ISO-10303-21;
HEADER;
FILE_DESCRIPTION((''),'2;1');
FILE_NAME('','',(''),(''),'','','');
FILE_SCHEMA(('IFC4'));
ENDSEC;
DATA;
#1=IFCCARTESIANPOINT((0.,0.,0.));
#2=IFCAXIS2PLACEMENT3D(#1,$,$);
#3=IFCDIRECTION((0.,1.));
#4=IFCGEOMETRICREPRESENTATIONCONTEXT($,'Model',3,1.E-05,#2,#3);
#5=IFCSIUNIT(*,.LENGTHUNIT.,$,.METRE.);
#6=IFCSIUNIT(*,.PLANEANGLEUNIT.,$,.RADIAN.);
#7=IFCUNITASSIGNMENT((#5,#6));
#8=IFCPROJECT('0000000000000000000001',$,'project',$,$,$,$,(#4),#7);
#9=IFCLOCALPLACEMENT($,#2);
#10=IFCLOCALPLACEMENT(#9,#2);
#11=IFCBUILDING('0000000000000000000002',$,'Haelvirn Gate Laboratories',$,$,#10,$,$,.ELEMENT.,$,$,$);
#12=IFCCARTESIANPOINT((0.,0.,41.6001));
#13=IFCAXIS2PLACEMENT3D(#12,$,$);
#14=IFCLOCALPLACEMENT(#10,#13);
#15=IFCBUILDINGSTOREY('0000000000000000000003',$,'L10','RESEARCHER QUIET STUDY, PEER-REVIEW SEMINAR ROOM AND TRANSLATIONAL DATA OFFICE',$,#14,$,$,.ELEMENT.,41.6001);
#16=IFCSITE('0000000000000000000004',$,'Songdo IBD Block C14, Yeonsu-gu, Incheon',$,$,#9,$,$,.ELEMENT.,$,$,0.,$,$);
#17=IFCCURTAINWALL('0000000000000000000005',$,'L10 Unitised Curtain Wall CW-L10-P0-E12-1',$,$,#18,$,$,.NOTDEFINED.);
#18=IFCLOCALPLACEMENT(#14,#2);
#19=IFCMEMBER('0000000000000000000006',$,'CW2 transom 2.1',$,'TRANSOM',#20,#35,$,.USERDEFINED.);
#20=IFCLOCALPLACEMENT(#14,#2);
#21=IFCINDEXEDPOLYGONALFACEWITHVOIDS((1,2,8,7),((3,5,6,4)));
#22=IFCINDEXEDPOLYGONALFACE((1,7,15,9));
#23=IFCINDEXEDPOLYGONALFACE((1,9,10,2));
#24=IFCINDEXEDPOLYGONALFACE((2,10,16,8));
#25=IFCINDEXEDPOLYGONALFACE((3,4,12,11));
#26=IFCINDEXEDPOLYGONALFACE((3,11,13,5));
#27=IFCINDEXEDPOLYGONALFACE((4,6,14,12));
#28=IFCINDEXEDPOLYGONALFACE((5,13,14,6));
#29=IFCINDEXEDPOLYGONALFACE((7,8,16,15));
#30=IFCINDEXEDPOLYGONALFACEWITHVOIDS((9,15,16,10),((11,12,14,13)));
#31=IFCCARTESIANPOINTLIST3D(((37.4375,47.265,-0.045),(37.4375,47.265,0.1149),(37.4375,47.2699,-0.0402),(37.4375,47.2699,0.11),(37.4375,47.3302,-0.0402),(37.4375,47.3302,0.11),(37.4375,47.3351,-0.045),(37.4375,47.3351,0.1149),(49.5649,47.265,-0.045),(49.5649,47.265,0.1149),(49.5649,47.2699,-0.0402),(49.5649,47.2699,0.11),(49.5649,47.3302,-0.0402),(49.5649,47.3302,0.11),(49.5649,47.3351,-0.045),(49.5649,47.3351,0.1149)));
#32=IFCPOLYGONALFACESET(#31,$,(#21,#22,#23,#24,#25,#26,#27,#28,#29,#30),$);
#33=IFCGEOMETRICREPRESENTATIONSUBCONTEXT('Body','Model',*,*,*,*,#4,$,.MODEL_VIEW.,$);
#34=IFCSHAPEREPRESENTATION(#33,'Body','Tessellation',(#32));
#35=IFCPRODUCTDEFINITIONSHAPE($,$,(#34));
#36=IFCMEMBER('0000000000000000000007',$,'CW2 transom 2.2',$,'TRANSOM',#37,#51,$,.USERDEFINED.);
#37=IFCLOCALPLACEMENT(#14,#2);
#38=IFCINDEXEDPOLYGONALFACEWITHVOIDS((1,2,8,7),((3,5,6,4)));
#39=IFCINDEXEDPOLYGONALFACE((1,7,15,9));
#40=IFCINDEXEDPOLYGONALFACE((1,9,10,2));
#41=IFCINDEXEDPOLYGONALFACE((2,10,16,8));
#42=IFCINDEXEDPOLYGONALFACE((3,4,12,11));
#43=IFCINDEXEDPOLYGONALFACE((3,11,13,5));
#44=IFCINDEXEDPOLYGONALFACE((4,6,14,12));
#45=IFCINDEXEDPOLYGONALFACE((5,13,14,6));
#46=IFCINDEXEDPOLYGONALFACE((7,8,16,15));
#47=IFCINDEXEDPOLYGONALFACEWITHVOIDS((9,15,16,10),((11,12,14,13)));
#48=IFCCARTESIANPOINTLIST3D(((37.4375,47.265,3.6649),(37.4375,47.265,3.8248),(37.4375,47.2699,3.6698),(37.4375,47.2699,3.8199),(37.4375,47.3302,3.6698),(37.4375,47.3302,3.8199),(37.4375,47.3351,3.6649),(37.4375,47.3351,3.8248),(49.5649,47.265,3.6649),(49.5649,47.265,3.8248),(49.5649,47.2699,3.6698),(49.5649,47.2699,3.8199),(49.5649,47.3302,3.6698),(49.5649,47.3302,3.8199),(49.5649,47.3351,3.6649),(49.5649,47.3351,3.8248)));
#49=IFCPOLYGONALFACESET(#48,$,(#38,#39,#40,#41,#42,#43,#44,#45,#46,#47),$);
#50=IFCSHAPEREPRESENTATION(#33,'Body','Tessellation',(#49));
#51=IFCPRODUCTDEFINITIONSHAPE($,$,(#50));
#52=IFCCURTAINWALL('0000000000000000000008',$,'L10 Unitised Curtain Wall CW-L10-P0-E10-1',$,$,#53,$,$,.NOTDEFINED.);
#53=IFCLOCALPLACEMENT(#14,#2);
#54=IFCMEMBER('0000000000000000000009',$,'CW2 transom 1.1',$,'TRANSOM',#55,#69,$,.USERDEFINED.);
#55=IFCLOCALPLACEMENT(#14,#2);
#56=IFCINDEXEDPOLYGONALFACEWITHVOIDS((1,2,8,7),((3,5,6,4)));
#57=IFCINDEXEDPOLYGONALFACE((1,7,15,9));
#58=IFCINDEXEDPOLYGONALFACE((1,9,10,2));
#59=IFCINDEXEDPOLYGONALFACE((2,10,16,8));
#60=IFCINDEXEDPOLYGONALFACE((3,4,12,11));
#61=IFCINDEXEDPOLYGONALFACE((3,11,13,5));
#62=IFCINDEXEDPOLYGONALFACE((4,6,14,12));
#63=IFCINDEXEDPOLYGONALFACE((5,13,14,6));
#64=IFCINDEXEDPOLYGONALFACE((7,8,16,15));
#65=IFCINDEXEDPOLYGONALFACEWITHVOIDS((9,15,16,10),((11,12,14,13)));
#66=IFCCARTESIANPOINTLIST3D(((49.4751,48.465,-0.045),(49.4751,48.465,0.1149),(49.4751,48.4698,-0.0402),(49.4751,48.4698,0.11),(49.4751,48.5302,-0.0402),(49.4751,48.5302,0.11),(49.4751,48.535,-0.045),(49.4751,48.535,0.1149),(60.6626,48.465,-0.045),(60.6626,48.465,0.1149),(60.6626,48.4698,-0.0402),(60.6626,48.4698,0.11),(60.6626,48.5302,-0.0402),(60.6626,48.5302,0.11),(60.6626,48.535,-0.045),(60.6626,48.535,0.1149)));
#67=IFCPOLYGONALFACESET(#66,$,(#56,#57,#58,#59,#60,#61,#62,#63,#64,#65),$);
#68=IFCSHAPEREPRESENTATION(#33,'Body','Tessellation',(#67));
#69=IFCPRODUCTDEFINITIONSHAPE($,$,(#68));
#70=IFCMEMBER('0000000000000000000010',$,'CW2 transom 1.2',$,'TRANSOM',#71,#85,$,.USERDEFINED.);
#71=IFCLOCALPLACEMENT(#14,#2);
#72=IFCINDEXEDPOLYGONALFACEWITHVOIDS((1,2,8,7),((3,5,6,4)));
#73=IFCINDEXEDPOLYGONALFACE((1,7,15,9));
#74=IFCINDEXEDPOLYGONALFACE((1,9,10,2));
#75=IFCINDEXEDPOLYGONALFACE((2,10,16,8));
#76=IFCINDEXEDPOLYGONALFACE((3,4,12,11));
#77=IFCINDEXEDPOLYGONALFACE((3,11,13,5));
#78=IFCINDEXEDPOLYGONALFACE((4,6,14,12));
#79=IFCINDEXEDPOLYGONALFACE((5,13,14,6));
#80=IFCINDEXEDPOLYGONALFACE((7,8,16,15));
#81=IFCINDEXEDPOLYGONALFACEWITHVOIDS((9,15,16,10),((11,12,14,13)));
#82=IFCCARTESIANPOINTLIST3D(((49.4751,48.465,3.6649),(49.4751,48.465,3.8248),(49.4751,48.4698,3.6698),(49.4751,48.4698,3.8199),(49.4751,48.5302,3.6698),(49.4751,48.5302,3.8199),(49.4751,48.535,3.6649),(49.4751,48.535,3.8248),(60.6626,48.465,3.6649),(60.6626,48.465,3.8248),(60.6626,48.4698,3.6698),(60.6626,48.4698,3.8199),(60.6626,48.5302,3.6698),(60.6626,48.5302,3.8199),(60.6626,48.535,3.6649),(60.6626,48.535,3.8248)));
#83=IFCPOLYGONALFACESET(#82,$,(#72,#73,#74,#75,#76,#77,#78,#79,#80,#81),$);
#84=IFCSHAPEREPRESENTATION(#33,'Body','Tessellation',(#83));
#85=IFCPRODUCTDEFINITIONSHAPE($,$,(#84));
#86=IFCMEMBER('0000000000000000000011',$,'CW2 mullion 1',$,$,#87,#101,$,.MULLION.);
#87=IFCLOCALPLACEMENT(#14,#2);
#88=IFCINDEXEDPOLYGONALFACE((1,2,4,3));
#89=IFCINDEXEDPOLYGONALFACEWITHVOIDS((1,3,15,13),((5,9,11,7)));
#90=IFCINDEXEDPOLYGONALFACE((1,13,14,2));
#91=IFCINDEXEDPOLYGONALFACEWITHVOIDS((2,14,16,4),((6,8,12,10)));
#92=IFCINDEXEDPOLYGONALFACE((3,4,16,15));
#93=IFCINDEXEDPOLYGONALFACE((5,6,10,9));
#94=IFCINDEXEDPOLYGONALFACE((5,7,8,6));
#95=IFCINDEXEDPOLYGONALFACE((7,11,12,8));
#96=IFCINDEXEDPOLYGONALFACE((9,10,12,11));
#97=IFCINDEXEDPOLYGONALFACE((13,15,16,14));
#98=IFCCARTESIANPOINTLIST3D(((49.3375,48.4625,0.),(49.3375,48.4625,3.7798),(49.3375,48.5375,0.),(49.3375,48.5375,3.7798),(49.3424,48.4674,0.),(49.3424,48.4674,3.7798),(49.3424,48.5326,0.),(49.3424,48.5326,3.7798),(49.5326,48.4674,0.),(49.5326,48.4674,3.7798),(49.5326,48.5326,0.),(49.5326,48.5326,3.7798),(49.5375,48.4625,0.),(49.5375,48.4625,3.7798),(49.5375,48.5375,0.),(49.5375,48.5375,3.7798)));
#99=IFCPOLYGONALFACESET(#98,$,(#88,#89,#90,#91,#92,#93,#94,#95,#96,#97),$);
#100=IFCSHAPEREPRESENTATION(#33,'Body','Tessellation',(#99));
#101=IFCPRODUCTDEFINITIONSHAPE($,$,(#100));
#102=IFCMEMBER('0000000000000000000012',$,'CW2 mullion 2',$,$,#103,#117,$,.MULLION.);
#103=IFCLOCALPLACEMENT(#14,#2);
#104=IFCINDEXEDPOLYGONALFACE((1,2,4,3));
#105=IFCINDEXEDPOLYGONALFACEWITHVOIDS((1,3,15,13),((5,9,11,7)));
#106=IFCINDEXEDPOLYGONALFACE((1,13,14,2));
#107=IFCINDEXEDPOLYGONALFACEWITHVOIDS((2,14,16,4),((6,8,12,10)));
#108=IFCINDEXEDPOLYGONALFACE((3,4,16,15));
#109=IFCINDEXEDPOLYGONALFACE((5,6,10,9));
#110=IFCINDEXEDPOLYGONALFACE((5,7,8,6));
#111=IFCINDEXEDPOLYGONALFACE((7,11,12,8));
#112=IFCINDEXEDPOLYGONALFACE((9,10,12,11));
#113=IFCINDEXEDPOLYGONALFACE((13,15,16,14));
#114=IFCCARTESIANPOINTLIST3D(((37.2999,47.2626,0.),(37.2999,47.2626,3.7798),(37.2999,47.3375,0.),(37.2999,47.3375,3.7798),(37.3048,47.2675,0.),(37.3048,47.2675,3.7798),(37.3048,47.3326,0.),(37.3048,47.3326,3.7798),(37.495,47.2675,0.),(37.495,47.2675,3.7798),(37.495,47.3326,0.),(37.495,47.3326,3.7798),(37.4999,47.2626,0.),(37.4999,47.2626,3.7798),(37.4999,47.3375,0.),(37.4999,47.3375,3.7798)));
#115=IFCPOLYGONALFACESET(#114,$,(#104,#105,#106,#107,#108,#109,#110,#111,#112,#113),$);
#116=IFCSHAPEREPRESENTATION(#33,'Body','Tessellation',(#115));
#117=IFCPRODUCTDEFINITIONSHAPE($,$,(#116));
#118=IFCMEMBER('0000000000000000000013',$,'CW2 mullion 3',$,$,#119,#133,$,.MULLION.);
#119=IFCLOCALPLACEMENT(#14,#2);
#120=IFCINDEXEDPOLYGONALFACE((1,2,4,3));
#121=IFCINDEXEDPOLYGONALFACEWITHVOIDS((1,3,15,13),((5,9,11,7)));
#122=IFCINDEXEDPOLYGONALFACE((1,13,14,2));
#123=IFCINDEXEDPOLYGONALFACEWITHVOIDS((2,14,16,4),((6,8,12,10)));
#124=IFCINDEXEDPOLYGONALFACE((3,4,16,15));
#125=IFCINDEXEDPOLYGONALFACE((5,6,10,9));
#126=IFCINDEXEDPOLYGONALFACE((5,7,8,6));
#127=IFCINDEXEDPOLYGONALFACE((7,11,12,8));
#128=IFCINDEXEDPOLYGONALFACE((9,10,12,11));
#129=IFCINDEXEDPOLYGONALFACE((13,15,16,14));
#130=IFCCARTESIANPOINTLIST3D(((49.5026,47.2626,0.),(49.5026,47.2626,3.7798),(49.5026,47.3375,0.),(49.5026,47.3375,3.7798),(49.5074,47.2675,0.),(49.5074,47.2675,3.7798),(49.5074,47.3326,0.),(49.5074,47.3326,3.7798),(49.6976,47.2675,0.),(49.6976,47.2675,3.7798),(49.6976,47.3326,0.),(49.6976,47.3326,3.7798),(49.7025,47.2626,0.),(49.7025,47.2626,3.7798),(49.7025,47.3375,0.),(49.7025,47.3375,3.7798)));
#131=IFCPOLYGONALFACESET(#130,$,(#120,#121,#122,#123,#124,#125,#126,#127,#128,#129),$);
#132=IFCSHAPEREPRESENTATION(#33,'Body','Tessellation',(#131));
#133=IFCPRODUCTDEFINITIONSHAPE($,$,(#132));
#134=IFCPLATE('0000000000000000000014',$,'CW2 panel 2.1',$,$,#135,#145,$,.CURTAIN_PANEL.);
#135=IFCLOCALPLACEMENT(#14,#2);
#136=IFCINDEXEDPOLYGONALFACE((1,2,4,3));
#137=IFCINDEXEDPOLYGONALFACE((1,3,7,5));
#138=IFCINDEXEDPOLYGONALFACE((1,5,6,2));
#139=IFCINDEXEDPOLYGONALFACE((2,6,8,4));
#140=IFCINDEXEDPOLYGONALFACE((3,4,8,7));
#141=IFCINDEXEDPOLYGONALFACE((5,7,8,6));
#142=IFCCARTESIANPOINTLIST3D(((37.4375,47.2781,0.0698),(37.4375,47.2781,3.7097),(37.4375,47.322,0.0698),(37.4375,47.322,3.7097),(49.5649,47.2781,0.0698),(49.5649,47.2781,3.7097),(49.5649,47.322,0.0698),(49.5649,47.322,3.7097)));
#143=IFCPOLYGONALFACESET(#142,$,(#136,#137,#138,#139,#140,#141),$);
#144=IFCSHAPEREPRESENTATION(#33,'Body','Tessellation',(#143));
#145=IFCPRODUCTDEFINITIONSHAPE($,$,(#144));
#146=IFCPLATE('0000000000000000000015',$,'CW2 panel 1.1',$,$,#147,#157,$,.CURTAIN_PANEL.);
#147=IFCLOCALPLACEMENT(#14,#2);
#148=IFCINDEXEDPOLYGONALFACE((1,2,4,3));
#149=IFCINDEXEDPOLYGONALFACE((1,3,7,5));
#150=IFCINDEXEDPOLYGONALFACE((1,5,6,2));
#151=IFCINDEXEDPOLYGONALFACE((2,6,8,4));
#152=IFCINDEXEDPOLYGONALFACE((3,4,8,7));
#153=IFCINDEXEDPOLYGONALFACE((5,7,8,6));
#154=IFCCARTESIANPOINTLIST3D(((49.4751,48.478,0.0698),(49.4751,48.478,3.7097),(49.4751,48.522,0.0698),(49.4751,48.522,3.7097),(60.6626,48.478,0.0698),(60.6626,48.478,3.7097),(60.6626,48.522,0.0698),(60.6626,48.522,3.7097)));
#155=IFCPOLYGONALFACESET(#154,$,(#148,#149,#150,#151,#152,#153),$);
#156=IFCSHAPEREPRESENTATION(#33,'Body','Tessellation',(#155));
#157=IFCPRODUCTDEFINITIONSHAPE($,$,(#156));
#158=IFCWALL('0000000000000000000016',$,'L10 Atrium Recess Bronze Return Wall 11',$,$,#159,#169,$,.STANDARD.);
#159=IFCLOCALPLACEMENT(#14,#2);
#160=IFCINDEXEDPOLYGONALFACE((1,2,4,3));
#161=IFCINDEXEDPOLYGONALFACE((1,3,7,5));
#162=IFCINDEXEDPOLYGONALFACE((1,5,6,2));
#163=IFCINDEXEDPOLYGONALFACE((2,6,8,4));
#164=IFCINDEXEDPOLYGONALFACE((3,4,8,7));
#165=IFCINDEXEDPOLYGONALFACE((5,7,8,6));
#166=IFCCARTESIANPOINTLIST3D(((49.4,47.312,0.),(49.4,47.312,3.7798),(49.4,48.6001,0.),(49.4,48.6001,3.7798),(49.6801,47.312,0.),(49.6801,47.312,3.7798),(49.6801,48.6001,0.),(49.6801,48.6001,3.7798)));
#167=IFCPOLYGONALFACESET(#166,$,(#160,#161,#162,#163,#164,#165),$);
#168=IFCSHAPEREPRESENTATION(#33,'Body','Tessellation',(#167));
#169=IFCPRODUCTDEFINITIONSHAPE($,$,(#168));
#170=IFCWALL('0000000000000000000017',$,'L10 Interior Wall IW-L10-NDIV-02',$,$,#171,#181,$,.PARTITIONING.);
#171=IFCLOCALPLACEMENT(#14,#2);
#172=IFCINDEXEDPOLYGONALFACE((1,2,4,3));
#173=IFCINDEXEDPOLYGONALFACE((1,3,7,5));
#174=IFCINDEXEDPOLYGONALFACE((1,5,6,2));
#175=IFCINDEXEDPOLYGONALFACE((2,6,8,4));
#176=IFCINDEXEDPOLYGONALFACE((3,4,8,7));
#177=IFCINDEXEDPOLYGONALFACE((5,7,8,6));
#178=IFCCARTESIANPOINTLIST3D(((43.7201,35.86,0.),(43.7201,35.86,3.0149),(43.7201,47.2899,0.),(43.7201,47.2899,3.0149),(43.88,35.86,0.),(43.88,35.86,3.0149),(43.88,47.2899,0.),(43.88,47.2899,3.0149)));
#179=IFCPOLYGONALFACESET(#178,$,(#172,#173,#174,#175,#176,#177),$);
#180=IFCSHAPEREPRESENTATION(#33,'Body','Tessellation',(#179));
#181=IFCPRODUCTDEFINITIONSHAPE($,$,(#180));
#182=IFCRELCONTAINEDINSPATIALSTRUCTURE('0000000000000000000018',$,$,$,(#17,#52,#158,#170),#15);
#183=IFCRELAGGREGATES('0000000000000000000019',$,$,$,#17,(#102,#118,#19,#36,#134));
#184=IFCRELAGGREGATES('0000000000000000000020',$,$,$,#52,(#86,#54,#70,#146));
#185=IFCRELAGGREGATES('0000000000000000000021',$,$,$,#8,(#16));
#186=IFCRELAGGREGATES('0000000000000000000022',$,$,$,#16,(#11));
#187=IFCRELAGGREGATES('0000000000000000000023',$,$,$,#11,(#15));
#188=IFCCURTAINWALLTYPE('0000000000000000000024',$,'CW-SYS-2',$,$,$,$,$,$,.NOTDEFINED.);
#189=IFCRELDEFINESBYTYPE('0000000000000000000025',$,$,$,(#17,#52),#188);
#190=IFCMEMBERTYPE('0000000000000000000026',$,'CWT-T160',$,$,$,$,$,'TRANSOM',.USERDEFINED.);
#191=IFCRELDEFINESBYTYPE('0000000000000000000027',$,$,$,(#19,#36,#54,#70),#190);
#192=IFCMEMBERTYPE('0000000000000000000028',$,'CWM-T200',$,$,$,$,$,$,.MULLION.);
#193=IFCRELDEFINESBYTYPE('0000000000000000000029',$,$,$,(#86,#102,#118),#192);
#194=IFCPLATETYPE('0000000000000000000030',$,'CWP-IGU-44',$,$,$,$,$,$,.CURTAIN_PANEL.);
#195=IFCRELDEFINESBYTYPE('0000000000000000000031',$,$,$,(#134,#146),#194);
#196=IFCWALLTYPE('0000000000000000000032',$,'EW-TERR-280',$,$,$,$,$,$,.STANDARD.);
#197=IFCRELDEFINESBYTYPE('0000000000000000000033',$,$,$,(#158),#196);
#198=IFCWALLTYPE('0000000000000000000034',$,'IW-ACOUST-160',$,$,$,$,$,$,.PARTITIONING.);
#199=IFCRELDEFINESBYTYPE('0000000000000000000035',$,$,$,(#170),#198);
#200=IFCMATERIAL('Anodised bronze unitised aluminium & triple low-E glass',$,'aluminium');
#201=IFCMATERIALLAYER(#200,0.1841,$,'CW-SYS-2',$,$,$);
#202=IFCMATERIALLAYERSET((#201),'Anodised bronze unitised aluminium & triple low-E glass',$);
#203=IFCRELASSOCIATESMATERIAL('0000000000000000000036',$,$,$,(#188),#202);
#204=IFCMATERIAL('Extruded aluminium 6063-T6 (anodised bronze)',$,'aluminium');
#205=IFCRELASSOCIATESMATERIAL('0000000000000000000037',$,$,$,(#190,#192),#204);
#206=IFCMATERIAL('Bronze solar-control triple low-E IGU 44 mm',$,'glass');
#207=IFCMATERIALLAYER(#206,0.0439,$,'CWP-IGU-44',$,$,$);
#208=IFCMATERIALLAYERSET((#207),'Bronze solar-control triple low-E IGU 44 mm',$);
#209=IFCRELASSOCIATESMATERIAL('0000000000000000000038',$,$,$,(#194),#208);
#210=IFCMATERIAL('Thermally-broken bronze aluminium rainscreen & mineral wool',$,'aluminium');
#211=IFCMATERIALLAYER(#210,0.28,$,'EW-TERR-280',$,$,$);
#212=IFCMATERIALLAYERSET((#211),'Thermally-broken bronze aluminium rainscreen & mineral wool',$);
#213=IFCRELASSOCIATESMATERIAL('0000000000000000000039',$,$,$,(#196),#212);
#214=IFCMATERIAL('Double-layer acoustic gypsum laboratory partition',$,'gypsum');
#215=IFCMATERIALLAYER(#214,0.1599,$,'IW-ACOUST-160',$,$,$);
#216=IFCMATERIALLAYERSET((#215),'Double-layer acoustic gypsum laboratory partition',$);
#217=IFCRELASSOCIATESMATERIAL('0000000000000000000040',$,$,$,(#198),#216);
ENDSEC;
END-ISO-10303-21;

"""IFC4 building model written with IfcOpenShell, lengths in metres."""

from ifc_helpers import new_model, si_unit, direction, frame, frame_2d, origin, origin_2d, place, context, subcontext, project, spatial, rectangle, hollow_rectangle, extrude, source, transform, mapped, material, layer, layer_set, material_profile, profile_set, type_object, type_shapes, element, aggregate, save


model = new_model("IFC4")

# Units and contexts
model_context = context("Model", 3, precision=1e-05, world=origin(), true_north=direction((0.0, 1.0)))
body_context = subcontext(model_context, "Body", "Model", "MODEL_VIEW")
ifc_project = project(units=[si_unit("LENGTHUNIT", "METRE"), si_unit("PLANEANGLEUNIT", "RADIAN")], contexts=[model_context])

# Site, building, storey
site_placement = place(None, origin())
site = spatial("IfcSite", under=ifc_project, at=site_placement, Name="Songdo IBD Block C14, Yeonsu-gu, Incheon", CompositionType="ELEMENT", RefElevation=0.0)
building_placement = place(site_placement, origin())
building = spatial("IfcBuilding", under=site, at=building_placement, Name="Haelvirn Gate Laboratories", CompositionType="ELEMENT")
storey_placement = place(building_placement, frame((0.0, 0.0, 41.6001)))
storey = spatial("IfcBuildingStorey", under=building, at=storey_placement, Name="L10", Description="RESEARCHER QUIET STUDY, PEER-REVIEW SEMINAR ROOM AND TRANSLATIONAL DATA OFFICE", CompositionType="ELEMENT", Elevation=41.6001)

# Curtain walls, members
ifc_material_1 = material(Name="Anodised bronze unitised aluminium & triple low-E glass", Category="aluminium")
ifc_layer_1 = layer(ifc_material_1, 0.1841, Name="CW-SYS-2")
ifc_layer_set_1 = layer_set([ifc_layer_1], Name="Anodised bronze unitised aluminium & triple low-E glass")
curtain_wall_type = type_object("IfcCurtainWallType", Name="CW-SYS-2", PredefinedType="NOTDEFINED", material=ifc_layer_set_1)
curtain_wall_1_placement = place(storey_placement, origin())
curtain_wall_1 = element("IfcCurtainWall", 1, at=curtain_wall_1_placement, inside=storey, type_object=curtain_wall_type, Name="L10 Unitised Curtain Wall CW-L10-P0-E12-1", PredefinedType="NOTDEFINED")
ifc_material_2 = material(Name="Extruded aluminium 6063-T6 (anodised bronze)", Category="aluminium")
ifc_material_profile_1 = material_profile(ifc_material_2, hollow_rectangle(XDim=0.0701, YDim=0.1599, WallThickness=0.0049, at=origin_2d()), Name="CWT-160x70x5")
ifc_profile_set_1 = profile_set([ifc_material_profile_1], Name="Extruded aluminium 6063-T6 (anodised bronze)")
member_type_1 = type_object("IfcMemberType", Name="CWT-T160", ElementType="TRANSOM", PredefinedType="USERDEFINED", material=ifc_profile_set_1)
shared_shape_1 = source(origin(), body_context, "Body", "SweptSolid", [
    extrude(hollow_rectangle(XDim=0.0701, YDim=0.1599, WallThickness=0.0049, at=origin_2d()), origin(), (0.0, 0.0, 1.0), 12.1274),
])
member_1_placement = place(storey_placement, frame((37.4375, 47.3, 0.0349), z_axis=(1.0, 0.0, 0.0), x_axis=(0.0, 1.0, 0.0)))
member_1 = element("IfcMember", 2, at=member_1_placement, type_object=member_type_1, Name="CW2 transom 2.1", ObjectType="TRANSOM", PredefinedType="USERDEFINED", context=body_context, shape_type="MappedRepresentation", body=[
    mapped(shared_shape_1, transform((0.0, 0.0, 0.0), scale=1.0)),
])
member_2_placement = place(storey_placement, frame((37.4375, 47.3, 3.7449), z_axis=(1.0, 0.0, 0.0), x_axis=(0.0, 1.0, 0.0)))
member_2 = element("IfcMember", 3, at=member_2_placement, type_object=member_type_1, Name="CW2 transom 2.2", ObjectType="TRANSOM", PredefinedType="USERDEFINED", context=body_context, shape_type="MappedRepresentation", body=[
    mapped(shared_shape_1, transform((0.0, 0.0, 0.0), scale=1.0)),
])
curtain_wall_2_placement = place(storey_placement, origin())
curtain_wall_2 = element("IfcCurtainWall", 4, at=curtain_wall_2_placement, inside=storey, type_object=curtain_wall_type, Name="L10 Unitised Curtain Wall CW-L10-P0-E10-1", PredefinedType="NOTDEFINED")
shared_shape_2 = source(origin(), body_context, "Body", "SweptSolid", [
    extrude(hollow_rectangle(XDim=0.0701, YDim=0.1599, WallThickness=0.0049, at=origin_2d()), origin(), (0.0, 0.0, 1.0), 11.1875),
])
type_shapes(member_type_1, [shared_shape_1, shared_shape_2])
member_3_placement = place(storey_placement, frame((49.4751, 48.5, 0.0349), z_axis=(1.0, 0.0, 0.0), x_axis=(0.0, 1.0, 0.0)))
member_3 = element("IfcMember", 5, at=member_3_placement, type_object=member_type_1, Name="CW2 transom 1.1", ObjectType="TRANSOM", PredefinedType="USERDEFINED", context=body_context, shape_type="MappedRepresentation", body=[
    mapped(shared_shape_2, transform((0.0, 0.0, 0.0), scale=1.0)),
])
member_4_placement = place(storey_placement, frame((49.4751, 48.5, 3.7449), z_axis=(1.0, 0.0, 0.0), x_axis=(0.0, 1.0, 0.0)))
member_4 = element("IfcMember", 6, at=member_4_placement, type_object=member_type_1, Name="CW2 transom 1.2", ObjectType="TRANSOM", PredefinedType="USERDEFINED", context=body_context, shape_type="MappedRepresentation", body=[
    mapped(shared_shape_2, transform((0.0, 0.0, 0.0), scale=1.0)),
])
ifc_material_profile_2 = material_profile(ifc_material_2, hollow_rectangle(XDim=0.075, YDim=0.2, WallThickness=0.0049, at=origin_2d()), Name="CWM-200x75x5")
ifc_profile_set_2 = profile_set([ifc_material_profile_2], Name="Extruded aluminium 6063-T6 (anodised bronze)")
member_type_2 = type_object("IfcMemberType", Name="CWM-T200", PredefinedType="MULLION", material=ifc_profile_set_2)
shared_shape_3 = source(origin(), body_context, "Body", "SweptSolid", [
    extrude(hollow_rectangle(XDim=0.075, YDim=0.2, WallThickness=0.0049, at=origin_2d()), origin(), (0.0, 0.0, 1.0), 3.7798),
])
type_shapes(member_type_2, [shared_shape_3])
member_5_placement = place(storey_placement, frame((49.4375, 48.5, 0.0), z_axis=(0.0, 0.0, 1.0), x_axis=(0.0, 1.0, 0.0)))
member_5 = element("IfcMember", 7, at=member_5_placement, type_object=member_type_2, Name="CW2 mullion 1", PredefinedType="MULLION", context=body_context, shape_type="MappedRepresentation", body=[
    mapped(shared_shape_3, transform((0.0, 0.0, 0.0), scale=1.0)),
])

# Members
member_6_placement = place(storey_placement, frame((37.3999, 47.3, 0.0), z_axis=(0.0, 0.0, 1.0), x_axis=(0.0, 1.0, 0.0)))
member_6 = element("IfcMember", 8, at=member_6_placement, type_object=member_type_2, Name="CW2 mullion 2", PredefinedType="MULLION", context=body_context, shape_type="MappedRepresentation", body=[
    mapped(shared_shape_3, transform((0.0, 0.0, 0.0), scale=1.0)),
])
member_7_placement = place(storey_placement, frame((49.6025, 47.3, 0.0), z_axis=(0.0, 0.0, 1.0), x_axis=(0.0, 1.0, 0.0)))
member_7 = element("IfcMember", 9, at=member_7_placement, type_object=member_type_2, Name="CW2 mullion 3", PredefinedType="MULLION", context=body_context, shape_type="MappedRepresentation", body=[
    mapped(shared_shape_3, transform((0.0, 0.0, 0.0), scale=1.0)),
])

# Plates
ifc_material_3 = material(Name="Bronze solar-control triple low-E IGU 44 mm", Category="glass")
ifc_layer_2 = layer(ifc_material_3, 0.0439, Name="CWP-IGU-44")
ifc_layer_set_2 = layer_set([ifc_layer_2], Name="Bronze solar-control triple low-E IGU 44 mm")
plate_type = type_object("IfcPlateType", Name="CWP-IGU-44", PredefinedType="CURTAIN_PANEL", material=ifc_layer_set_2)
shared_shape_4 = source(origin(), body_context, "Body", "SweptSolid", [
    extrude(rectangle(XDim=12.1274, YDim=0.0439, at=origin_2d()), origin(), (0.0, 0.0, 1.0), 3.6399),
])
plate_1_placement = place(storey_placement, frame((43.5012, 47.3, 0.0698), z_axis=(0.0, 0.0, 1.0), x_axis=(1.0, 0.0, 0.0)))
plate_1 = element("IfcPlate", 10, at=plate_1_placement, type_object=plate_type, Name="CW2 panel 2.1", PredefinedType="CURTAIN_PANEL", context=body_context, shape_type="MappedRepresentation", body=[
    mapped(shared_shape_4, transform((0.0, 0.0, 0.0), scale=1.0)),
])
aggregate(curtain_wall_1, [member_6, member_7, member_1, member_2, plate_1])
shared_shape_5 = source(origin(), body_context, "Body", "SweptSolid", [
    extrude(rectangle(XDim=11.1875, YDim=0.0439, at=origin_2d()), origin(), (0.0, 0.0, 1.0), 3.6399),
])
type_shapes(plate_type, [shared_shape_4, shared_shape_5])
plate_2_placement = place(storey_placement, frame((55.0688, 48.5, 0.0698), z_axis=(0.0, 0.0, 1.0), x_axis=(1.0, 0.0, 0.0)))
plate_2 = element("IfcPlate", 11, at=plate_2_placement, type_object=plate_type, Name="CW2 panel 1.1", PredefinedType="CURTAIN_PANEL", context=body_context, shape_type="MappedRepresentation", body=[
    mapped(shared_shape_5, transform((0.0, 0.0, 0.0), scale=1.0)),
])
aggregate(curtain_wall_2, [member_5, member_3, member_4, plate_2])

# Walls
ifc_material_4 = material(Name="Thermally-broken bronze aluminium rainscreen & mineral wool", Category="aluminium")
ifc_layer_3 = layer(ifc_material_4, 0.28, Name="EW-TERR-280")
ifc_layer_set_3 = layer_set([ifc_layer_3], Name="Thermally-broken bronze aluminium rainscreen & mineral wool")
wall_type_1 = type_object("IfcWallType", Name="EW-TERR-280", PredefinedType="STANDARD", material=ifc_layer_set_3)
wall_1_placement = place(storey_placement, frame((49.54, 48.6001, 0.0), z_axis=(0.0, 0.0, 1.0), x_axis=(0.0, -1.0, 0.0)))
element("IfcWall", 12, at=wall_1_placement, inside=storey, type_object=wall_type_1, Name="L10 Atrium Recess Bronze Return Wall 11", PredefinedType="STANDARD", context=body_context, shape_type="SweptSolid", body=[
    extrude(rectangle(XDim=1.2881, YDim=0.28, at=frame_2d((0.644, 0.0))), origin(), (0.0, 0.0, 1.0), 3.7798),
])
ifc_material_5 = material(Name="Double-layer acoustic gypsum laboratory partition", Category="gypsum")
ifc_layer_4 = layer(ifc_material_5, 0.1599, Name="IW-ACOUST-160")
ifc_layer_set_4 = layer_set([ifc_layer_4], Name="Double-layer acoustic gypsum laboratory partition")
wall_type_2 = type_object("IfcWallType", Name="IW-ACOUST-160", PredefinedType="PARTITIONING", material=ifc_layer_set_4)
wall_2_placement = place(storey_placement, frame((43.8, 35.8601, 0.0), z_axis=(0.0, 0.0, 1.0), x_axis=(0.0, 1.0, 0.0)))
element("IfcWall", 13, at=wall_2_placement, inside=storey, type_object=wall_type_2, Name="L10 Interior Wall IW-L10-NDIV-02", PredefinedType="PARTITIONING", context=body_context, shape_type="SweptSolid", body=[
    extrude(rectangle(XDim=11.4299, YDim=0.1599, at=frame_2d((5.7148, 0.0))), origin(), (0.0, 0.0, 1.0), 3.0149),
])

save(model, "model.ifc")
